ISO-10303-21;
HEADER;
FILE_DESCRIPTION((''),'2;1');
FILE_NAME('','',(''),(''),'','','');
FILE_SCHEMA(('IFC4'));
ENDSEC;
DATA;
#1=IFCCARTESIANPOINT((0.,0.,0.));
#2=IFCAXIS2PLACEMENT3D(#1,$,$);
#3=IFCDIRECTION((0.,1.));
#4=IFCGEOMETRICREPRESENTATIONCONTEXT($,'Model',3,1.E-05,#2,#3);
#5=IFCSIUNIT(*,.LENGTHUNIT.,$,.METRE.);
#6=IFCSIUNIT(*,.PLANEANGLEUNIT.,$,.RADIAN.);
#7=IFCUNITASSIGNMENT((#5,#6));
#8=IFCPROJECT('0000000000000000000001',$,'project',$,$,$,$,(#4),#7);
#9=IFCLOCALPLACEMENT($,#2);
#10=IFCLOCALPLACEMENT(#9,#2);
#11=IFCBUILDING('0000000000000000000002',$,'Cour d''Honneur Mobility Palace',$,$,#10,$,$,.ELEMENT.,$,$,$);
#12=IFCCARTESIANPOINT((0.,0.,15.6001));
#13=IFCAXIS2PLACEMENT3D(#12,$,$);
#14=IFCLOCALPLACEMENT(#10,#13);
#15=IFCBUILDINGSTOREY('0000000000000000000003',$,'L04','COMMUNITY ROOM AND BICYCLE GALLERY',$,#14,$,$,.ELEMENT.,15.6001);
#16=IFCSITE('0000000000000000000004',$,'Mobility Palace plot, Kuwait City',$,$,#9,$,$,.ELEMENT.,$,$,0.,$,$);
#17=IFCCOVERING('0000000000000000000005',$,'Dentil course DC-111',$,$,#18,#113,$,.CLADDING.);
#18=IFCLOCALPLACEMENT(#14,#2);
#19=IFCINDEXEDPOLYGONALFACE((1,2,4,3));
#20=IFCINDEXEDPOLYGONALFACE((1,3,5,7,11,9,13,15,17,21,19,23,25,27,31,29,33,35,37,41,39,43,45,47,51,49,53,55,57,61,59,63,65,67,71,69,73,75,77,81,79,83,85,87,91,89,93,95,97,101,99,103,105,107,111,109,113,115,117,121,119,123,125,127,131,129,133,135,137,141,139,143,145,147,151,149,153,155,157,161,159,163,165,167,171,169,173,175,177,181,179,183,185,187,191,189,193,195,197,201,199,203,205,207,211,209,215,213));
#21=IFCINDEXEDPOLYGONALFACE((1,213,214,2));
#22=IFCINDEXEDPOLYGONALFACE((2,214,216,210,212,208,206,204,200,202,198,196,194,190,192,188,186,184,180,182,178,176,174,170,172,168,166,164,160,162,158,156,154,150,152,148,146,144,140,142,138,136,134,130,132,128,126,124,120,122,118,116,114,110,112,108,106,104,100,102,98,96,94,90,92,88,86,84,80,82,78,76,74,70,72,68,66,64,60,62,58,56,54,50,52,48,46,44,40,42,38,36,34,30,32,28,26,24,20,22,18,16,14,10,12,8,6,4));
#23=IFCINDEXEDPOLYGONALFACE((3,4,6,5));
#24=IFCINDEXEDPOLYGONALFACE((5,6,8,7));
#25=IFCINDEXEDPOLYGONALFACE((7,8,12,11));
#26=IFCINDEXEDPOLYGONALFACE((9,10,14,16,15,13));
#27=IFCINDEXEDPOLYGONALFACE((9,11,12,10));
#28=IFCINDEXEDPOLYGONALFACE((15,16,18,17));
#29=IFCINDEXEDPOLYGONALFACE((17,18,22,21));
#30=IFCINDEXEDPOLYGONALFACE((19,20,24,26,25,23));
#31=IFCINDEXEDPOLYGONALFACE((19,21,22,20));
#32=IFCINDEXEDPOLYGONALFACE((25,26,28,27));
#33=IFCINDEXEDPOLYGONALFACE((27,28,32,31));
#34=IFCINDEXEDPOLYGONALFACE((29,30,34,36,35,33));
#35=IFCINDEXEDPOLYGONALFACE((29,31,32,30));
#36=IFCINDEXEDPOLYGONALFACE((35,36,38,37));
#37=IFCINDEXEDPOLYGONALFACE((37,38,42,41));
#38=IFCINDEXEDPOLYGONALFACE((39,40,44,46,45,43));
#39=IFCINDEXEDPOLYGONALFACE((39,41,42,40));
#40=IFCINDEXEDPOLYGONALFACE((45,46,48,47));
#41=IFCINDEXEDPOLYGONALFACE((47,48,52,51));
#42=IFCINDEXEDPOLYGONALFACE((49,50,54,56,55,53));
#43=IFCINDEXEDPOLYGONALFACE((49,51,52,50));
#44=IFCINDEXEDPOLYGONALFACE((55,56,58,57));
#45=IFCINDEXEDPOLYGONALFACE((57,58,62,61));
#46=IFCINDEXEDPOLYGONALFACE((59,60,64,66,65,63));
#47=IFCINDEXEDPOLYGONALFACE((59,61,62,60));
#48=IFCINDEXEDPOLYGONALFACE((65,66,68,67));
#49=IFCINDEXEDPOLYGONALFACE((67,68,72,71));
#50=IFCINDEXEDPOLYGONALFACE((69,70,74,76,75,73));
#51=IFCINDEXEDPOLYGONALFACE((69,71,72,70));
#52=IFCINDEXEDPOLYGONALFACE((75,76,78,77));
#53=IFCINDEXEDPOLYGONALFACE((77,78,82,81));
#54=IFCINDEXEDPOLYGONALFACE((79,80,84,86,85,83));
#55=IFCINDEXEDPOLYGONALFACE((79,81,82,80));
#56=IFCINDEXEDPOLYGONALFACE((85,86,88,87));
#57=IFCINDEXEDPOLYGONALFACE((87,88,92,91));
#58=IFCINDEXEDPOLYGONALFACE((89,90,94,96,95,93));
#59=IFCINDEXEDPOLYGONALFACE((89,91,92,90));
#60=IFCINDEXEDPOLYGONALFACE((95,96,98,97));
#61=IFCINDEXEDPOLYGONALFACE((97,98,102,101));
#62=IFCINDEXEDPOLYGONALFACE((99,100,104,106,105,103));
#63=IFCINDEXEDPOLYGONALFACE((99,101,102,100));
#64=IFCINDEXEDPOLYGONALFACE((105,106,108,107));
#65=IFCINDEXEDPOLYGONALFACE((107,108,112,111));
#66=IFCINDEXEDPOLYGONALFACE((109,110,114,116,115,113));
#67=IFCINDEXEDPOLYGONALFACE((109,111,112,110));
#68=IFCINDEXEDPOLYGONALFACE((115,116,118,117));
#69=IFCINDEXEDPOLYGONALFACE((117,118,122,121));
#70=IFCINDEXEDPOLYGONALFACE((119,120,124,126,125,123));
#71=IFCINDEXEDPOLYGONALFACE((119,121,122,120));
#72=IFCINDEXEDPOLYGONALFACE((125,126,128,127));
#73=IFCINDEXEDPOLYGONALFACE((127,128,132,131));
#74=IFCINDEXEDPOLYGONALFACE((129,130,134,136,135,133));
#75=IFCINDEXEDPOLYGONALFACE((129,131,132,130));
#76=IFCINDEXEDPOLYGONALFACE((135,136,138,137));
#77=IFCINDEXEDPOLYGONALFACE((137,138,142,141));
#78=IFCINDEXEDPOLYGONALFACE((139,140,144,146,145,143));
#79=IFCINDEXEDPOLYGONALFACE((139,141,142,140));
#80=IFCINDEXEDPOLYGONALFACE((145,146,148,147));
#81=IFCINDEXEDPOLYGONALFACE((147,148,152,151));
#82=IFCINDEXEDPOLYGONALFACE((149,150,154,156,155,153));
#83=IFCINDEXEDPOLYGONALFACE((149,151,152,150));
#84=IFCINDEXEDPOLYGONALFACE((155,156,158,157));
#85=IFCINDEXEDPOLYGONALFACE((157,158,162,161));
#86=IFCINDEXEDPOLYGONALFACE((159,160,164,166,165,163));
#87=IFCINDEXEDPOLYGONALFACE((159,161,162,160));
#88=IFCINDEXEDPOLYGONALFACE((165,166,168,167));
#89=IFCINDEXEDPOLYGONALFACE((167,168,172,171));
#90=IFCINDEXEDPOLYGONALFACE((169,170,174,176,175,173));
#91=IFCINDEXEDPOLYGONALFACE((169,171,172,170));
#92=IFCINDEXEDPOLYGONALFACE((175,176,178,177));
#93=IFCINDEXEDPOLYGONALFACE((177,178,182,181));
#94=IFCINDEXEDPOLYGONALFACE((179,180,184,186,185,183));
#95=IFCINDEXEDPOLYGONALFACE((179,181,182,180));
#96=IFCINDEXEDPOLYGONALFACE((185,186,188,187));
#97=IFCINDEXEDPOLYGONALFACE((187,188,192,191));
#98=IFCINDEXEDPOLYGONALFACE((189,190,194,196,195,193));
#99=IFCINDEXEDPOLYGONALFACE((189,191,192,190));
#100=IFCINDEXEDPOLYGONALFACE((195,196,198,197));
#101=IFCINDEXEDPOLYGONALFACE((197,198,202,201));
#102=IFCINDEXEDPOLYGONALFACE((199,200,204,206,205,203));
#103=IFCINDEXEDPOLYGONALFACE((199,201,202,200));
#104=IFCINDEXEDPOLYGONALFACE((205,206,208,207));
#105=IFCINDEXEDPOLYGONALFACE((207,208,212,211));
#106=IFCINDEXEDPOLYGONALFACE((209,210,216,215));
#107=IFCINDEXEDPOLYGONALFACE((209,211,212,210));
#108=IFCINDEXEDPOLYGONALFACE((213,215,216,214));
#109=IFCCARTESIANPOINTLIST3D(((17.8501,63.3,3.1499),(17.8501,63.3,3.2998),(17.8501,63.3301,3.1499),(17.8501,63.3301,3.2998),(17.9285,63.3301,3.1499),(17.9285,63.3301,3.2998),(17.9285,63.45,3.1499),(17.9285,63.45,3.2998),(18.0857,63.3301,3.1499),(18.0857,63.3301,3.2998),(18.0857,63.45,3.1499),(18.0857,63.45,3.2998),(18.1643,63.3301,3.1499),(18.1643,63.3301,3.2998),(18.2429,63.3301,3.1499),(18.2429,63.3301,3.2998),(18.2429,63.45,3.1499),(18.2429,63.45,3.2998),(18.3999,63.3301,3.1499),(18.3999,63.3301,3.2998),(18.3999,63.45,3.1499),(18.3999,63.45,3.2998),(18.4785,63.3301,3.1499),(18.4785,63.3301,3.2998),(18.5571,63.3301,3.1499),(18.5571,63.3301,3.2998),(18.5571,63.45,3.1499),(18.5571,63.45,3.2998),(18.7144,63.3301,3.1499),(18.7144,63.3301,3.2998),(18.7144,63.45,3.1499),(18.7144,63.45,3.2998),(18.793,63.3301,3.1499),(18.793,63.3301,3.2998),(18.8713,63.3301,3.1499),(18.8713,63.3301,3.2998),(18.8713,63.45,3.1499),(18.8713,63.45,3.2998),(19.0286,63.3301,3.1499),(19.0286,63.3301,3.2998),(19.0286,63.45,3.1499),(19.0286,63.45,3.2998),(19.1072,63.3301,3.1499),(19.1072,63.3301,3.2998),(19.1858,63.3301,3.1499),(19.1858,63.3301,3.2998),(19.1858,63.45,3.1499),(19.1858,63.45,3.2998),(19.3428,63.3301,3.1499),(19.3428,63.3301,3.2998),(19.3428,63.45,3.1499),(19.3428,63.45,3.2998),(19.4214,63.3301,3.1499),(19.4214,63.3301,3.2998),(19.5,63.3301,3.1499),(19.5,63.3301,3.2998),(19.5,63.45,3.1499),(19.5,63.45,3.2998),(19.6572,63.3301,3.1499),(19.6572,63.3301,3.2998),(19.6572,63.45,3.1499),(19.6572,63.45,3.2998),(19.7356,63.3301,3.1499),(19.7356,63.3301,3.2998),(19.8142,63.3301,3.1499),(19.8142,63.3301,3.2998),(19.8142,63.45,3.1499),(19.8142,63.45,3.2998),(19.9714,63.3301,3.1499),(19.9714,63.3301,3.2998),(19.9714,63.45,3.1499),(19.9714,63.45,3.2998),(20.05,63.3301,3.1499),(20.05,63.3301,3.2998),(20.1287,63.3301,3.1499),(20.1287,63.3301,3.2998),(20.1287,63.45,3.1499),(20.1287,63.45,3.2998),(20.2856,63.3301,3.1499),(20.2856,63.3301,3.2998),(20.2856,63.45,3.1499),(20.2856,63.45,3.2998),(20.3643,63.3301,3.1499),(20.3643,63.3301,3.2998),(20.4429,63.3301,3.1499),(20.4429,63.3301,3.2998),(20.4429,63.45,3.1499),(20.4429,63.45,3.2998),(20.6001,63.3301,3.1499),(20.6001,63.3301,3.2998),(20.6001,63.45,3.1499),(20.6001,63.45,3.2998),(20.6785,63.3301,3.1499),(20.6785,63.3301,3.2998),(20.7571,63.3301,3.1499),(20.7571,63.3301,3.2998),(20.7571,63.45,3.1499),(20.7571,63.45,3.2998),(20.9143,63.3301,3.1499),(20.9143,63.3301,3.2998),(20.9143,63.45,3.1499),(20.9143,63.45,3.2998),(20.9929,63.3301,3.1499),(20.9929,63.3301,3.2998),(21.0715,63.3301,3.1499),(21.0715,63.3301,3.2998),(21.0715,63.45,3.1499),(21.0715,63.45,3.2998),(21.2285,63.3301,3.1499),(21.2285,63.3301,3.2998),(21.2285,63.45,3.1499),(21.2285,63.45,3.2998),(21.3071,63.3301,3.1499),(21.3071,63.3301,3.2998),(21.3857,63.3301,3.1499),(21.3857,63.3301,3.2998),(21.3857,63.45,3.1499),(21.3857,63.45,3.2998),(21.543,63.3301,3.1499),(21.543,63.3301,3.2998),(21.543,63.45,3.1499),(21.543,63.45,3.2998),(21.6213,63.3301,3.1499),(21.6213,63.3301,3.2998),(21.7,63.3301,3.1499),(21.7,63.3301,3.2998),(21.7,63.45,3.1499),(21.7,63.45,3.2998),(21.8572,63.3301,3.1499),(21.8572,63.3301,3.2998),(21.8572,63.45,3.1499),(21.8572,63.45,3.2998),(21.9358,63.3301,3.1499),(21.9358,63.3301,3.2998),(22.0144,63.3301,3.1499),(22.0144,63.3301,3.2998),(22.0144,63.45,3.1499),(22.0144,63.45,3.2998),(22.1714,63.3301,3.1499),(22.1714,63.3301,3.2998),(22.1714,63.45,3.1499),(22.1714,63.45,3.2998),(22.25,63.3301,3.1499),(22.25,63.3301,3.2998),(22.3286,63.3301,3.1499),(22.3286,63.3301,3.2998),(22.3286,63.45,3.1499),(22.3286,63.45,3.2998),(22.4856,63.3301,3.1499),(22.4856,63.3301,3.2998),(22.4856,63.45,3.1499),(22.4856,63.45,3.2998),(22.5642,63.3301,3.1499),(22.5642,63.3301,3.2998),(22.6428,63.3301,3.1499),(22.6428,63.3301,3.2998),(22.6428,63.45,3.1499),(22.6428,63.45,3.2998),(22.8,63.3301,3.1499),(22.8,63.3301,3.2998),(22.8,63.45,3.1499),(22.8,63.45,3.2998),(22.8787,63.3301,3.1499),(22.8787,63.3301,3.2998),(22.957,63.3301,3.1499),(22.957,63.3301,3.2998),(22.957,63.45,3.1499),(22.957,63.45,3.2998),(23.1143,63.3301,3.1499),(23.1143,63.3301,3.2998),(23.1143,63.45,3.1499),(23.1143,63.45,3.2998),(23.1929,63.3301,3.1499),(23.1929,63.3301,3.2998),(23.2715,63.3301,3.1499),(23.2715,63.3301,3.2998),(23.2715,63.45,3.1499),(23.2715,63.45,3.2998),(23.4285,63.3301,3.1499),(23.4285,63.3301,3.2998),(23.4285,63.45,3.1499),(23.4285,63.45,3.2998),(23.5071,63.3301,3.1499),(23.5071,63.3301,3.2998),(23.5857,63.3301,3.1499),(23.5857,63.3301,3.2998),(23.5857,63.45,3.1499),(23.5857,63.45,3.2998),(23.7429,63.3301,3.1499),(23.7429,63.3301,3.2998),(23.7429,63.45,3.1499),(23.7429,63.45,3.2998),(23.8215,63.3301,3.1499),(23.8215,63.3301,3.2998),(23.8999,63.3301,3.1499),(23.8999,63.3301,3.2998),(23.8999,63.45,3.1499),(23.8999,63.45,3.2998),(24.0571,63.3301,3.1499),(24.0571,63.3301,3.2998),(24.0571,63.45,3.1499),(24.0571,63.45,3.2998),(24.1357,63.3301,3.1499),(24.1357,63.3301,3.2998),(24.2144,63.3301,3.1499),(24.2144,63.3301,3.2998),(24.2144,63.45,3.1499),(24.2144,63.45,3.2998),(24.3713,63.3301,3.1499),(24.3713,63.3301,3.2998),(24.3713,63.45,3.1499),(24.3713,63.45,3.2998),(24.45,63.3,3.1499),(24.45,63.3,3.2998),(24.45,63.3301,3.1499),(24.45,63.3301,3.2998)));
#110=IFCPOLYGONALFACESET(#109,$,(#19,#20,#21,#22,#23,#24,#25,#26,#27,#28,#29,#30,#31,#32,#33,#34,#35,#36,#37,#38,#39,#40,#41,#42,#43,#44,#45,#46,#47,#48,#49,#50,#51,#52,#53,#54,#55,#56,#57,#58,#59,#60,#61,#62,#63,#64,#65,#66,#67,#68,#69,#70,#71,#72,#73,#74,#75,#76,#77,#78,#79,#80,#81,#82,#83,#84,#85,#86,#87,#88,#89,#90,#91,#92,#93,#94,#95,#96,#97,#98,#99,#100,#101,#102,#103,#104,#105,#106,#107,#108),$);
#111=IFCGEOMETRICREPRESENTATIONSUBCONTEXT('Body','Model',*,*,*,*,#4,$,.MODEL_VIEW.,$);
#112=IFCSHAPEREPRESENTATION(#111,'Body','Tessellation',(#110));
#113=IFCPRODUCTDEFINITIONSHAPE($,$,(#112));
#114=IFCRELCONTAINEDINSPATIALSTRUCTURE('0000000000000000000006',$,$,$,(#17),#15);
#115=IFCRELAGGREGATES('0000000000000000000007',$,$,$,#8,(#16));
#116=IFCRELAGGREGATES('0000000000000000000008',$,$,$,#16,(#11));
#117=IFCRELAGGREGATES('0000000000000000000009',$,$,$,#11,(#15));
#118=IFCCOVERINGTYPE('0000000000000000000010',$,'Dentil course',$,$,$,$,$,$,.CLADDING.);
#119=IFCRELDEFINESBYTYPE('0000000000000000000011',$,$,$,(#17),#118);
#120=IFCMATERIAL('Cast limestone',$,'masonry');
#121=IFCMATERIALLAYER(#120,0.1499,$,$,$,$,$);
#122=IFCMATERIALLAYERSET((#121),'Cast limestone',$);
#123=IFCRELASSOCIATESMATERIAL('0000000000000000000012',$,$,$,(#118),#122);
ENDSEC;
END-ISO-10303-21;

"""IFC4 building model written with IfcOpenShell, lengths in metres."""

from ifc_helpers import new_model, si_unit, direction, frame, origin, place, context, subcontext, project, spatial, polyline, outline, extrude, material, layer, layer_set, type_object, element, save


model = new_model("IFC4")

# Units and contexts
model_context = context("Model", 3, precision=1e-05, world=origin(), true_north=direction((0.0, 1.0)))
body_context = subcontext(model_context, "Body", "Model", "MODEL_VIEW")
ifc_project = project(units=[si_unit("LENGTHUNIT", "METRE"), si_unit("PLANEANGLEUNIT", "RADIAN")], contexts=[model_context])

# Site, building, storey
site_placement = place(None, origin())
site = spatial("IfcSite", under=ifc_project, at=site_placement, Name="Mobility Palace plot, Kuwait City", CompositionType="ELEMENT", RefElevation=0.0)
building_placement = place(site_placement, origin())
building = spatial("IfcBuilding", under=site, at=building_placement, Name="Cour d'Honneur Mobility Palace", CompositionType="ELEMENT")
storey_placement = place(building_placement, frame((0.0, 0.0, 15.6001)))
storey = spatial("IfcBuildingStorey", under=building, at=storey_placement, Name="L04", Description="COMMUNITY ROOM AND BICYCLE GALLERY", CompositionType="ELEMENT", Elevation=15.6001)

# Covering
ifc_material = material(Name="Cast limestone", Category="masonry")
ifc_layer = layer(ifc_material, 0.1499)
ifc_layer_set = layer_set([ifc_layer], Name="Cast limestone")
covering_type = type_object("IfcCoveringType", Name="Dentil course", PredefinedType="CLADDING", material=ifc_layer_set)
covering_1_placement = place(storey_placement, frame((0.0, 0.0, 3.1499)))
element("IfcCovering", 1, at=covering_1_placement, inside=storey, type_object=covering_type, Name="Dentil course DC-111", PredefinedType="CLADDING", context=body_context, shape_type="SweptSolid", body=[
    extrude(outline(polyline([(24.45, 63.3), (17.8501, 63.3), (17.8501, 63.3301), (17.8501, 63.3301), (17.9285, 63.3301), (17.9285, 63.45), (18.0857, 63.45), (18.0857, 63.3301), (18.1643, 63.3301), (18.1643, 63.3301), (18.2429, 63.3301), (18.2429, 63.45), (18.3999, 63.45), (18.3999, 63.3301), (18.4785, 63.3301), (18.4785, 63.3301), (18.5571, 63.3301), (18.5571, 63.45), (18.7144, 63.45), (18.7144, 63.3301), (18.793, 63.3301), (18.793, 63.3301), (18.8713, 63.3301), (18.8713, 63.45), (19.0286, 63.45), (19.0286, 63.3301), (19.1072, 63.3301), (19.1072, 63.3301), (19.1858, 63.3301), (19.1858, 63.45), (19.3428, 63.45), (19.3428, 63.3301), (19.4214, 63.3301), (19.4214, 63.3301), (19.5, 63.3301), (19.5, 63.45), (19.6572, 63.45), (19.6572, 63.3301), (19.7356, 63.3301), (19.7356, 63.3301), (19.8142, 63.3301), (19.8142, 63.45), (19.9714, 63.45), (19.9714, 63.3301), (20.05, 63.3301), (20.05, 63.3301), (20.1287, 63.3301), (20.1287, 63.45), (20.2856, 63.45), (20.2856, 63.3301), (20.3643, 63.3301), (20.3643, 63.3301), (20.4429, 63.3301), (20.4429, 63.45), (20.6001, 63.45), (20.6001, 63.3301), (20.6785, 63.3301), (20.6785, 63.3301), (20.7571, 63.3301), (20.7571, 63.45), (20.9143, 63.45), (20.9143, 63.3301), (20.9929, 63.3301), (20.9929, 63.3301), (21.0715, 63.3301), (21.0715, 63.45), (21.2285, 63.45), (21.2285, 63.3301), (21.3071, 63.3301), (21.3071, 63.3301), (21.3857, 63.3301), (21.3857, 63.45), (21.543, 63.45), (21.543, 63.3301), (21.6213, 63.3301), (21.6213, 63.3301), (21.7, 63.3301), (21.7, 63.45), (21.8572, 63.45), (21.8572, 63.3301), (21.9358, 63.3301), (21.9358, 63.3301), (22.0144, 63.3301), (22.0144, 63.45), (22.1714, 63.45), (22.1714, 63.3301), (22.25, 63.3301), (22.25, 63.3301), (22.3286, 63.3301), (22.3286, 63.45), (22.4856, 63.45), (22.4856, 63.3301), (22.5642, 63.3301), (22.5642, 63.3301), (22.6428, 63.3301), (22.6428, 63.45), (22.8, 63.45), (22.8, 63.3301), (22.8787, 63.3301), (22.8787, 63.3301), (22.957, 63.3301), (22.957, 63.45), (23.1143, 63.45), (23.1143, 63.3301), (23.1929, 63.3301), (23.1929, 63.3301), (23.2715, 63.3301), (23.2715, 63.45), (23.4285, 63.45), (23.4285, 63.3301), (23.5071, 63.3301), (23.5071, 63.3301), (23.5857, 63.3301), (23.5857, 63.45), (23.7429, 63.45), (23.7429, 63.3301), (23.8215, 63.3301), (23.8215, 63.3301), (23.8999, 63.3301), (23.8999, 63.45), (24.0571, 63.45), (24.0571, 63.3301), (24.1357, 63.3301), (24.1357, 63.3301), (24.2144, 63.3301), (24.2144, 63.45), (24.3713, 63.45), (24.3713, 63.3301), (24.45, 63.3301), (24.45, 63.3)])), origin(), (0.0, 0.0, 1.0), 0.1499),
])

save(model, "model.ifc")
